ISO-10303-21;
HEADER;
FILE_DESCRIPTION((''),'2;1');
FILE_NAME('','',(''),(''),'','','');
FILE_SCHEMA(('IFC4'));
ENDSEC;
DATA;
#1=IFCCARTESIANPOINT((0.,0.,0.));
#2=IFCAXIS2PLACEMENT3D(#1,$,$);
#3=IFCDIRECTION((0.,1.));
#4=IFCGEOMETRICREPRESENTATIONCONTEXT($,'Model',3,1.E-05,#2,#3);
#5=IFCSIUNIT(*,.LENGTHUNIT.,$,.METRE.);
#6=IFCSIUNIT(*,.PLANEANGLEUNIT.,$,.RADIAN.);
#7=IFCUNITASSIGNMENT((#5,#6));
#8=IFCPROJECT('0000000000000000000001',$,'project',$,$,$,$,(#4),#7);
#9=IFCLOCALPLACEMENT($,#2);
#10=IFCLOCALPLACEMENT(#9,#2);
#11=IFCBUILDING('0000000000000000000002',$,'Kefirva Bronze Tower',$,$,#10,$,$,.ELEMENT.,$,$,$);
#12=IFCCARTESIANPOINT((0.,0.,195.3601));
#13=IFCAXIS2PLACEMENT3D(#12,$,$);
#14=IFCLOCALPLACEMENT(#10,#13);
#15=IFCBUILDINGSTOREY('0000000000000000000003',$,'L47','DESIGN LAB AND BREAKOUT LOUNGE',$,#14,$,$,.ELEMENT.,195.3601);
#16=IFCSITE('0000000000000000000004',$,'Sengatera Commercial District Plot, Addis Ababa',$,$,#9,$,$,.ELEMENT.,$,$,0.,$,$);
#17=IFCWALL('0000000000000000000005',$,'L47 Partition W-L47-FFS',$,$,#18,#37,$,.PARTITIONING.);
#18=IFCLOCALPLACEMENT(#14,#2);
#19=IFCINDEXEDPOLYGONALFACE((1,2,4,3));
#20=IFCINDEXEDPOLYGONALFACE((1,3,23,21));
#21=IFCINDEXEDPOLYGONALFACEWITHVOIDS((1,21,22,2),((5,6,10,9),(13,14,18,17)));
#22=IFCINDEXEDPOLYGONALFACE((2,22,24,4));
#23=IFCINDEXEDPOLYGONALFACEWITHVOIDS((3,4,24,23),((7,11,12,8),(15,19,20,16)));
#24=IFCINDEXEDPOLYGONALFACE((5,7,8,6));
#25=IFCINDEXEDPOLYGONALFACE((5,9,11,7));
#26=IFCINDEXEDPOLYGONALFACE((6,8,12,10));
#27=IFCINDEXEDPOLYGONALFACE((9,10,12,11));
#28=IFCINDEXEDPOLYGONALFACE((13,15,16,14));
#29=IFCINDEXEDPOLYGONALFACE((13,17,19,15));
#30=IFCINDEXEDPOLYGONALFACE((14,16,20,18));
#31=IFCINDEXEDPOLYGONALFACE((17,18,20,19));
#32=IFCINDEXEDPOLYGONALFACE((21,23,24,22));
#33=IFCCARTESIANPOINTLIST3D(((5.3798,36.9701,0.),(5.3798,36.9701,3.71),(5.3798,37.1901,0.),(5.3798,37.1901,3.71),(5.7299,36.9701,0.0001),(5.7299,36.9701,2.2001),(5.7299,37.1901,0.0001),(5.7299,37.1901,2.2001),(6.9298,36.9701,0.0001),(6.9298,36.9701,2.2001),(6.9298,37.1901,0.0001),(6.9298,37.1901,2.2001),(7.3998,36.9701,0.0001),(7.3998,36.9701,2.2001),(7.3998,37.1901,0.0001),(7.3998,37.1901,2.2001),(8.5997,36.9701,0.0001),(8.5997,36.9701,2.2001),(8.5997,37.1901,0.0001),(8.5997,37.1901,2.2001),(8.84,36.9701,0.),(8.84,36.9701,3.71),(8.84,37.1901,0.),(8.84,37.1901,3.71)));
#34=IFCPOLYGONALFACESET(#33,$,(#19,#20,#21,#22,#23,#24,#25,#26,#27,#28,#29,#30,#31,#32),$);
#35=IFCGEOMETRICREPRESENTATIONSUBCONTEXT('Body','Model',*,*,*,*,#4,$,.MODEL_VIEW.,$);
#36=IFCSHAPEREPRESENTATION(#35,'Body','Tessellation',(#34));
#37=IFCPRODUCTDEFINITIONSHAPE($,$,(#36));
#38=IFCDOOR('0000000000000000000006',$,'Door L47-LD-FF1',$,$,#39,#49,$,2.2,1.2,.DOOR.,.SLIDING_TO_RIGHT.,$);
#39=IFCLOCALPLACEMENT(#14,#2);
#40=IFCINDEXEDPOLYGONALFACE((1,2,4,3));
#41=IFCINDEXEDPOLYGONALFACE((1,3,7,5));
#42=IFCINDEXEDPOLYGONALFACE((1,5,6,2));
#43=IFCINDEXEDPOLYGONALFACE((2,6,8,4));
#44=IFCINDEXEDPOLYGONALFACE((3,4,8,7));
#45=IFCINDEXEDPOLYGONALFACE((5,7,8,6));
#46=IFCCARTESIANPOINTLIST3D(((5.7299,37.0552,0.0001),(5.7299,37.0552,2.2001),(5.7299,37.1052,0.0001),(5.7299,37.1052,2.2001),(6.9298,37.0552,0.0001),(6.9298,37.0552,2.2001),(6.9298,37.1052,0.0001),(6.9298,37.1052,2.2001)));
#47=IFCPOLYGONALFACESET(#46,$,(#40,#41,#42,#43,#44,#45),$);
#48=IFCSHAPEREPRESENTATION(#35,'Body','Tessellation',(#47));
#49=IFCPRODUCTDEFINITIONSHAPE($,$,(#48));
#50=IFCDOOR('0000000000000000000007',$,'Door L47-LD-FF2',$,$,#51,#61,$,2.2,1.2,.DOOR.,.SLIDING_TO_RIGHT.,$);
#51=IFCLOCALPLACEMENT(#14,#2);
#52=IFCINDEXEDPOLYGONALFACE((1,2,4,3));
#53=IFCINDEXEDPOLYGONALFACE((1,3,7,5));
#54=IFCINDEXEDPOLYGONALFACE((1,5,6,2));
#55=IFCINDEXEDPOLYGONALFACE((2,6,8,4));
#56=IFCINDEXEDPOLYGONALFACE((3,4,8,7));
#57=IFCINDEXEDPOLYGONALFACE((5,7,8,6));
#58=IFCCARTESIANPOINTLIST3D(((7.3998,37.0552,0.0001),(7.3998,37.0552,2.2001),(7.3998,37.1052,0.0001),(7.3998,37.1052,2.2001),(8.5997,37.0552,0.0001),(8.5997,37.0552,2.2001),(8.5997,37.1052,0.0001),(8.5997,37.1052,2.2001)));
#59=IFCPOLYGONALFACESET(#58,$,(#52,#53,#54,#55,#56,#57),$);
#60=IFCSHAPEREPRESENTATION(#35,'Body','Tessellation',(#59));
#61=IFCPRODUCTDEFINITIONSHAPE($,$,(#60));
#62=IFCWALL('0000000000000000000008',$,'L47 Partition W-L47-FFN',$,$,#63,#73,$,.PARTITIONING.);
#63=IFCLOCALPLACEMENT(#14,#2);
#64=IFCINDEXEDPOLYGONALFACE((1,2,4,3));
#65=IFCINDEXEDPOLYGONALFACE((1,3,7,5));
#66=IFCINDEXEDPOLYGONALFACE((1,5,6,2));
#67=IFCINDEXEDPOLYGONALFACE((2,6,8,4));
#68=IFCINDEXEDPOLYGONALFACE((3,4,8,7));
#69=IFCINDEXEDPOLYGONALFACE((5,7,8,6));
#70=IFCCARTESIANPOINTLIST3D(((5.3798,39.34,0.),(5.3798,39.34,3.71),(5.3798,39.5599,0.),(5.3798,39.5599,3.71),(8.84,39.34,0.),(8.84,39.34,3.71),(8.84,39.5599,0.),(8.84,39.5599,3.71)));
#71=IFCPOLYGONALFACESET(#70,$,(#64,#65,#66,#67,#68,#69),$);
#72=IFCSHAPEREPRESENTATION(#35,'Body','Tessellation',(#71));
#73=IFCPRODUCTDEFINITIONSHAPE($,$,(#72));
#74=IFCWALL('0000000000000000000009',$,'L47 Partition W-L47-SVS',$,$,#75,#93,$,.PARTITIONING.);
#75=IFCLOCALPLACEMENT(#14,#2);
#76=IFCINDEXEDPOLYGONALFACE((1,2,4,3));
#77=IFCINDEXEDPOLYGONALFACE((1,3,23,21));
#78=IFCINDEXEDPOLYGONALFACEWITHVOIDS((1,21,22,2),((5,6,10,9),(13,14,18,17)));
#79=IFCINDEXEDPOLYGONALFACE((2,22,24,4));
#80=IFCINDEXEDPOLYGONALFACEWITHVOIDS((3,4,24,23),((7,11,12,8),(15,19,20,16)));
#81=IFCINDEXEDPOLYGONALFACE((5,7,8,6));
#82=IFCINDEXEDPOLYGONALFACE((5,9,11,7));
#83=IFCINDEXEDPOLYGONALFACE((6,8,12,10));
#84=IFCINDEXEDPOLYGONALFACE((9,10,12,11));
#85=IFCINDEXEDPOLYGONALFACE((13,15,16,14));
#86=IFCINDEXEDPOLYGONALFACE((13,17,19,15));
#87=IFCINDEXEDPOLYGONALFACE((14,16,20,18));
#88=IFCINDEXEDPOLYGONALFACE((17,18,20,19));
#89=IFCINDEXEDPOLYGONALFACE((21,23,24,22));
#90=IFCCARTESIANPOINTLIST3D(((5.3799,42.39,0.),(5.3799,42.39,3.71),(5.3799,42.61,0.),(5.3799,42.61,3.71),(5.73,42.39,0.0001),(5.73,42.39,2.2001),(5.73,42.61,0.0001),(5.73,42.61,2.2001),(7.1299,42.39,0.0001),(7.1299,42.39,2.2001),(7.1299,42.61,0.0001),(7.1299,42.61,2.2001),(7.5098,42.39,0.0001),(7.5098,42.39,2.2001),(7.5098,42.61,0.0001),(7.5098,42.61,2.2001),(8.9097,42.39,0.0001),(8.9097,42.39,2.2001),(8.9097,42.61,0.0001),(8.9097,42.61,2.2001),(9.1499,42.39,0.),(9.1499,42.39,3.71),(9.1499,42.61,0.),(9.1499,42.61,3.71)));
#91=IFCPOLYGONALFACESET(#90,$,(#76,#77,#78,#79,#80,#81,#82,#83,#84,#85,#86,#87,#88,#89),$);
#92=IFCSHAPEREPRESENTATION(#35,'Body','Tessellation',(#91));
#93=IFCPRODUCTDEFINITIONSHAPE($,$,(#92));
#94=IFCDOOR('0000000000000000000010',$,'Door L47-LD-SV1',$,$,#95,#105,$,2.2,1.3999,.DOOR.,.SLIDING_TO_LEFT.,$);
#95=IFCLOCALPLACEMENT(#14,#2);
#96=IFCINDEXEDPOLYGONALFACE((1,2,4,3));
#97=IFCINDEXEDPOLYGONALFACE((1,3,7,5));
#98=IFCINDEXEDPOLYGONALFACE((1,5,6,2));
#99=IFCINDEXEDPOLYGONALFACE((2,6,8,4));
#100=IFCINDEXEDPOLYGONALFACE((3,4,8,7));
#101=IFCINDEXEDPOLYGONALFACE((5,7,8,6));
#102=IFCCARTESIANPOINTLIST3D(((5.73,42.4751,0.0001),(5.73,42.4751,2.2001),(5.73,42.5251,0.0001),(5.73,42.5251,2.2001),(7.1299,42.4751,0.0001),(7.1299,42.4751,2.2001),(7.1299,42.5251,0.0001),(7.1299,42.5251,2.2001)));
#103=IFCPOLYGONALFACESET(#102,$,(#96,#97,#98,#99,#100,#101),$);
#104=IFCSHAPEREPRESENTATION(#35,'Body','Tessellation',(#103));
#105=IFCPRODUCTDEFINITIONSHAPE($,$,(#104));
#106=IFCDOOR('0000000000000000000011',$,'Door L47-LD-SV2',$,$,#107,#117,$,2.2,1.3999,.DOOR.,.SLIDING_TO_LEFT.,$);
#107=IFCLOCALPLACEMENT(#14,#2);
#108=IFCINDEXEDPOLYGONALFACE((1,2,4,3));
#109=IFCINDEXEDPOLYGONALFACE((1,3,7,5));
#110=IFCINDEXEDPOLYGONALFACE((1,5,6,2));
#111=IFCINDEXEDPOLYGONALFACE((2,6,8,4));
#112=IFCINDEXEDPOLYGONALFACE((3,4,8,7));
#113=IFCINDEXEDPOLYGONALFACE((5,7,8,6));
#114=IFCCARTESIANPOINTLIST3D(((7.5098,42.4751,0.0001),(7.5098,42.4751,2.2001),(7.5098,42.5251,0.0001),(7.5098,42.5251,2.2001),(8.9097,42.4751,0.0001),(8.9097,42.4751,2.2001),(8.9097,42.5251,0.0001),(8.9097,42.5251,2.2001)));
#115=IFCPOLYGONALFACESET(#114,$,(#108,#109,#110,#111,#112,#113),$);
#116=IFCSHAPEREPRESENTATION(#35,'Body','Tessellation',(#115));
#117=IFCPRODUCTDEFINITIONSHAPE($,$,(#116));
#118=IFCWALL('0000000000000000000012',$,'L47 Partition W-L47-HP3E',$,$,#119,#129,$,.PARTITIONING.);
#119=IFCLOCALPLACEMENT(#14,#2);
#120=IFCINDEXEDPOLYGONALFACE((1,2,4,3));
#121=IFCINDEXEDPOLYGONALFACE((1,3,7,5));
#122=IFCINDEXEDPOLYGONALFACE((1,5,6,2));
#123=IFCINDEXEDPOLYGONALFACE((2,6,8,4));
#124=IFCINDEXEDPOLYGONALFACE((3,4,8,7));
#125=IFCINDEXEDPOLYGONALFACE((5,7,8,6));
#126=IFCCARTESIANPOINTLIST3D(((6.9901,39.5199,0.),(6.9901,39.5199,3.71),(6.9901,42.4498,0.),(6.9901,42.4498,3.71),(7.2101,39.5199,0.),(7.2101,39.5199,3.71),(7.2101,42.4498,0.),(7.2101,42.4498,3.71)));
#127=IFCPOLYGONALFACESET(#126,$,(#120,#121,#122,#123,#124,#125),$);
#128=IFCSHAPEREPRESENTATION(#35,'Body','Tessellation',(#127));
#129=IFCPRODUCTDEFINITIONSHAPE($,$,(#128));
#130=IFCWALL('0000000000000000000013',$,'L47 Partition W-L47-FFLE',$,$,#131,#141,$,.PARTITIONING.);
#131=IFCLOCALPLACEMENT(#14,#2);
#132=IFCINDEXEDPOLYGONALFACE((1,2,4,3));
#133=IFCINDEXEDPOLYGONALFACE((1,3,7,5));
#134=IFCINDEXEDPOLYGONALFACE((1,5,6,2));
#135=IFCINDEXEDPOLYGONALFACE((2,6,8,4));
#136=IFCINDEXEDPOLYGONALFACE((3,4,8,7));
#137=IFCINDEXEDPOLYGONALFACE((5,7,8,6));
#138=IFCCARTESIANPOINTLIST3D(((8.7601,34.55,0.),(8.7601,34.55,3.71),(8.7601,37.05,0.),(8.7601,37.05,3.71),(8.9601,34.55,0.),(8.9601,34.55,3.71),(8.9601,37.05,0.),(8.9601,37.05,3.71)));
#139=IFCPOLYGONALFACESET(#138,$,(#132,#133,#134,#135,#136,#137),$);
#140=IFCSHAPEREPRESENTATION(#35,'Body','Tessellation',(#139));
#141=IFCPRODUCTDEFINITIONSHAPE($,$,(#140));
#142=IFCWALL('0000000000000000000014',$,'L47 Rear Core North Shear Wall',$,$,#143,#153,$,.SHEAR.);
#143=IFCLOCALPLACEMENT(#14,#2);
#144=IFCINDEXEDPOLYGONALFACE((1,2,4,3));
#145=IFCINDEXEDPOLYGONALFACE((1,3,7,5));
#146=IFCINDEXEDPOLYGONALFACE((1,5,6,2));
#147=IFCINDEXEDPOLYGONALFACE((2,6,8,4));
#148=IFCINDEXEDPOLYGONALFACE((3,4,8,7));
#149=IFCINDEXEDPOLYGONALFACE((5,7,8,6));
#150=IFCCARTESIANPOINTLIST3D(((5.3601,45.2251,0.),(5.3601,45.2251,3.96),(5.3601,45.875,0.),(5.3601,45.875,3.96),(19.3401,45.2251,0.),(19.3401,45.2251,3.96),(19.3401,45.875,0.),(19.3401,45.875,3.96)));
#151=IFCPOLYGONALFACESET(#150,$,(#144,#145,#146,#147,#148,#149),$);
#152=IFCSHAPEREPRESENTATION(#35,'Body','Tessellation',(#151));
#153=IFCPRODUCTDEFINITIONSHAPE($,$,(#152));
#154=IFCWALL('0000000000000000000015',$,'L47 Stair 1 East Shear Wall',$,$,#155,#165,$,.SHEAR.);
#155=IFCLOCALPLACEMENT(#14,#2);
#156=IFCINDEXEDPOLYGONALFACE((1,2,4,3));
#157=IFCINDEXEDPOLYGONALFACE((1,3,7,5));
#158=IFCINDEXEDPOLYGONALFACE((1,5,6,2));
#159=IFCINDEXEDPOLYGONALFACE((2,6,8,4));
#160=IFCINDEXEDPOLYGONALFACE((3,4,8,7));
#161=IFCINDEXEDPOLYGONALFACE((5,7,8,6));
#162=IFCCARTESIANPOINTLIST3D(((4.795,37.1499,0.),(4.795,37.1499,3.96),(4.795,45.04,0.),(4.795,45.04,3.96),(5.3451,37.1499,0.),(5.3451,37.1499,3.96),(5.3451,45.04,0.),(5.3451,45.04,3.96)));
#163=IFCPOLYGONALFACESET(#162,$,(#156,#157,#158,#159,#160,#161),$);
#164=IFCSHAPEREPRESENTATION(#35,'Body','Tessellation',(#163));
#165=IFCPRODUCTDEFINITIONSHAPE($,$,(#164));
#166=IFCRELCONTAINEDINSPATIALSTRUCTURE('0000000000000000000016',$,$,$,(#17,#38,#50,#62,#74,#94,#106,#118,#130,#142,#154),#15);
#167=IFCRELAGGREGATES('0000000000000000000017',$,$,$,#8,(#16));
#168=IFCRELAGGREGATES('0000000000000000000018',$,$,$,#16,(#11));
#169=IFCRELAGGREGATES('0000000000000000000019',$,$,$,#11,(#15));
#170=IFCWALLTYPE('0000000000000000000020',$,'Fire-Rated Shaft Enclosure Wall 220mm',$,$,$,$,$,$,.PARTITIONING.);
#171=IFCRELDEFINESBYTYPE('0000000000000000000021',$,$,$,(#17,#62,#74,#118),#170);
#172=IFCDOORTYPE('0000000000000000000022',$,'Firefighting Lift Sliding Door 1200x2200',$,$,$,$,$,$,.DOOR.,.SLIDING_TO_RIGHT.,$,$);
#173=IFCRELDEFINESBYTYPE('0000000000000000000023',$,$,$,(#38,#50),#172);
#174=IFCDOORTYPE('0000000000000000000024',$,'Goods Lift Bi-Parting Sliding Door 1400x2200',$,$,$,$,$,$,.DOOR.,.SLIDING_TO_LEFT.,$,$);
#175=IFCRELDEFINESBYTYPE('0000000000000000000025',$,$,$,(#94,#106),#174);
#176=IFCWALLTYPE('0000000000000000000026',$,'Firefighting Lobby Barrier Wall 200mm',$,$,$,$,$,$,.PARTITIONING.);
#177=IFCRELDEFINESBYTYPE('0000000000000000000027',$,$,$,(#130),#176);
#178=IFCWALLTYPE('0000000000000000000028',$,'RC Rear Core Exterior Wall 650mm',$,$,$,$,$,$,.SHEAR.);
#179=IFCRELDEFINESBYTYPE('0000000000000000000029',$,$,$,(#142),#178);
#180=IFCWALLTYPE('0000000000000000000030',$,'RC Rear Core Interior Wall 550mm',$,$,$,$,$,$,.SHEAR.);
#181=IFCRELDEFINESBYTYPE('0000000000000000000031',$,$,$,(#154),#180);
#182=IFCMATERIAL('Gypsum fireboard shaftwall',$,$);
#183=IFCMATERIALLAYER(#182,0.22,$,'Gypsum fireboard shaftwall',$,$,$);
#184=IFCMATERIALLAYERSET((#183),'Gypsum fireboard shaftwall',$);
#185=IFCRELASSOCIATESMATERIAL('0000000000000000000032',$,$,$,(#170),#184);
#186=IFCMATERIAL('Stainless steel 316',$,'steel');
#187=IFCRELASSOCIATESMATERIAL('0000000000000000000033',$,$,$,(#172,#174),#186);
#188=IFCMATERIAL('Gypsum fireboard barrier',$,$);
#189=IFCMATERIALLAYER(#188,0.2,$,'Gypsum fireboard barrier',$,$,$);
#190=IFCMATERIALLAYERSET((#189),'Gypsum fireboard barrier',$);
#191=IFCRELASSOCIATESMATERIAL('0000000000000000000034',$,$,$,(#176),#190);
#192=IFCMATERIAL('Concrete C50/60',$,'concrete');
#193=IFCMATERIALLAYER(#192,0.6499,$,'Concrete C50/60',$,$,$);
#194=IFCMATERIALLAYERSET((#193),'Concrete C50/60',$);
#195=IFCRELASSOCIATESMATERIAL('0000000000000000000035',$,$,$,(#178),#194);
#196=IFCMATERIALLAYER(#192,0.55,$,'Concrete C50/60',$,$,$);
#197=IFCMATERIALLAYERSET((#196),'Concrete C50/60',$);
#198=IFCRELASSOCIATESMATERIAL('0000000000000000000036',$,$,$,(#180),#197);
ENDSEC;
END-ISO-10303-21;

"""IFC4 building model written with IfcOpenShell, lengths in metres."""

from ifc_helpers import new_model, si_unit, direction, frame, frame_2d, origin, place, context, subcontext, project, spatial, rectangle, extrude, material, layer, layer_set, type_object, element, fill, save


model = new_model("IFC4")

# Units and contexts
model_context = context("Model", 3, precision=1e-05, world=origin(), true_north=direction((0.0, 1.0)))
body_context = subcontext(model_context, "Body", "Model", "MODEL_VIEW")
ifc_project = project(units=[si_unit("LENGTHUNIT", "METRE"), si_unit("PLANEANGLEUNIT", "RADIAN")], contexts=[model_context])

# Site, building, storey
site_placement = place(None, origin())
site = spatial("IfcSite", under=ifc_project, at=site_placement, Name="Sengatera Commercial District Plot, Addis Ababa", CompositionType="ELEMENT", RefElevation=0.0)
building_placement = place(site_placement, origin())
building = spatial("IfcBuilding", under=site, at=building_placement, Name="Kefirva Bronze Tower", CompositionType="ELEMENT")
storey_placement = place(building_placement, frame((0.0, 0.0, 195.3601)))
storey = spatial("IfcBuildingStorey", under=building, at=storey_placement, Name="L47", Description="DESIGN LAB AND BREAKOUT LOUNGE", CompositionType="ELEMENT", Elevation=195.3601)

# Wall, openings, doors
ifc_material_1 = material(Name="Gypsum fireboard shaftwall")
ifc_layer_1 = layer(ifc_material_1, 0.22, Name="Gypsum fireboard shaftwall")
ifc_layer_set_1 = layer_set([ifc_layer_1], Name="Gypsum fireboard shaftwall")
wall_type_1 = type_object("IfcWallType", Name="Fire-Rated Shaft Enclosure Wall 220mm", PredefinedType="PARTITIONING", material=ifc_layer_set_1)
wall_1_placement = place(storey_placement, frame((5.3799, 37.0801, 0.0), z_axis=(0.0, 0.0, 1.0), x_axis=(1.0, 0.0, 0.0)))
wall_1 = element("IfcWall", 1, at=wall_1_placement, inside=storey, type_object=wall_type_1, Name="L47 Partition W-L47-FFS", PredefinedType="PARTITIONING", context=body_context, shape_type="SweptSolid", body=[
    extrude(rectangle(XDim=3.4602, YDim=0.22, at=frame_2d((1.73, 0.0))), origin(), (0.0, 0.0, 1.0), 3.71),
])
opening_1_placement = place(wall_1_placement, frame((1.55, 0.0, 0.0), z_axis=(0.0, 0.0, 1.0), x_axis=(-1.0, 0.0, 0.0)))
opening_1 = element("IfcOpeningElement", 2, at=opening_1_placement, cuts=wall_1, PredefinedType="OPENING", context=body_context, shape_type="SweptSolid", body=[
    extrude(rectangle(XDim=1.2, YDim=2.2, at=frame_2d((0.6001, 1.1001))), frame((0.0, 0.1201, 0.0), z_axis=(0.0, -1.0, 0.0), x_axis=(1.0, 0.0, 0.0)), (0.0, 0.0, 1.0), 0.24),
])
opening_2_placement = place(wall_1_placement, frame((3.22, 0.0, 0.0), z_axis=(0.0, 0.0, 1.0), x_axis=(-1.0, 0.0, 0.0)))
opening_2 = element("IfcOpeningElement", 3, at=opening_2_placement, cuts=wall_1, PredefinedType="OPENING", context=body_context, shape_type="SweptSolid", body=[
    extrude(rectangle(XDim=1.2, YDim=2.2, at=frame_2d((0.6001, 1.1001))), frame((0.0, 0.1201, 0.0), z_axis=(0.0, -1.0, 0.0), x_axis=(1.0, 0.0, 0.0)), (0.0, 0.0, 1.0), 0.24),
])
ifc_material_2 = material(Name="Stainless steel 316", Category="steel")
door_type_1 = type_object("IfcDoorType", Name="Firefighting Lift Sliding Door 1200x2200", OperationType="SLIDING_TO_RIGHT", PredefinedType="DOOR", material=ifc_material_2)
door_1_placement = place(opening_1_placement, origin())
door_1 = element("IfcDoor", 4, at=door_1_placement, inside=storey, type_object=door_type_1, Name="Door L47-LD-FF1", OperationType="SLIDING_TO_RIGHT", OverallHeight=2.2, OverallWidth=1.2, PredefinedType="DOOR", context=body_context, shape_type="SweptSolid", body=[
    extrude(rectangle(XDim=1.2, YDim=2.2, at=frame_2d((0.6001, 1.1001))), frame((0.0, 0.0249, 0.0), z_axis=(0.0, -1.0, 0.0), x_axis=(1.0, 0.0, 0.0)), (0.0, 0.0, 1.0), 0.05),
])
fill(opening_1, door_1)
door_2_placement = place(opening_2_placement, origin())
door_2 = element("IfcDoor", 5, at=door_2_placement, inside=storey, type_object=door_type_1, Name="Door L47-LD-FF2", OperationType="SLIDING_TO_RIGHT", OverallHeight=2.2, OverallWidth=1.2, PredefinedType="DOOR", context=body_context, shape_type="SweptSolid", body=[
    extrude(rectangle(XDim=1.2, YDim=2.2, at=frame_2d((0.6001, 1.1001))), frame((0.0, 0.0249, 0.0), z_axis=(0.0, -1.0, 0.0), x_axis=(1.0, 0.0, 0.0)), (0.0, 0.0, 1.0), 0.05),
])
fill(opening_2, door_2)

# Wall
wall_2_placement = place(storey_placement, frame((5.3799, 39.45, 0.0), z_axis=(0.0, 0.0, 1.0), x_axis=(1.0, 0.0, 0.0)))
element("IfcWall", 6, at=wall_2_placement, inside=storey, type_object=wall_type_1, Name="L47 Partition W-L47-FFN", PredefinedType="PARTITIONING", context=body_context, shape_type="SweptSolid", body=[
    extrude(rectangle(XDim=3.4602, YDim=0.22, at=frame_2d((1.73, 0.0))), origin(), (0.0, 0.0, 1.0), 3.71),
])

# Wall, openings, doors
wall_3_placement = place(storey_placement, frame((5.3799, 42.5, 0.0), z_axis=(0.0, 0.0, 1.0), x_axis=(1.0, 0.0, 0.0)))
wall_3 = element("IfcWall", 7, at=wall_3_placement, inside=storey, type_object=wall_type_1, Name="L47 Partition W-L47-SVS", PredefinedType="PARTITIONING", context=body_context, shape_type="SweptSolid", body=[
    extrude(rectangle(XDim=3.77, YDim=0.22, at=frame_2d((1.885, 0.0))), origin(), (0.0, 0.0, 1.0), 3.71),
])
opening_3_placement = place(wall_3_placement, frame((1.75, 0.0, 0.0), z_axis=(0.0, 0.0, 1.0), x_axis=(-1.0, 0.0, 0.0)))
opening_3 = element("IfcOpeningElement", 8, at=opening_3_placement, cuts=wall_3, PredefinedType="OPENING", context=body_context, shape_type="SweptSolid", body=[
    extrude(rectangle(XDim=1.3999, YDim=2.2, at=frame_2d((0.7, 1.1001))), frame((0.0, 0.1201, 0.0), z_axis=(0.0, -1.0, 0.0), x_axis=(1.0, 0.0, 0.0)), (0.0, 0.0, 1.0), 0.24),
])
opening_4_placement = place(wall_3_placement, frame((3.5298, 0.0, 0.0), z_axis=(0.0, 0.0, 1.0), x_axis=(-1.0, 0.0, 0.0)))
opening_4 = element("IfcOpeningElement", 9, at=opening_4_placement, cuts=wall_3, PredefinedType="OPENING", context=body_context, shape_type="SweptSolid", body=[
    extrude(rectangle(XDim=1.3999, YDim=2.2, at=frame_2d((0.7, 1.1001))), frame((0.0, 0.1201, 0.0), z_axis=(0.0, -1.0, 0.0), x_axis=(1.0, 0.0, 0.0)), (0.0, 0.0, 1.0), 0.24),
])
door_type_2 = type_object("IfcDoorType", Name="Goods Lift Bi-Parting Sliding Door 1400x2200", OperationType="SLIDING_TO_LEFT", PredefinedType="DOOR", material=ifc_material_2)
door_3_placement = place(opening_3_placement, origin())
door_3 = element("IfcDoor", 10, at=door_3_placement, inside=storey, type_object=door_type_2, Name="Door L47-LD-SV1", OperationType="SLIDING_TO_LEFT", OverallHeight=2.2, OverallWidth=1.3999, PredefinedType="DOOR", context=body_context, shape_type="SweptSolid", body=[
    extrude(rectangle(XDim=1.3999, YDim=2.2, at=frame_2d((0.7, 1.1001))), frame((0.0, 0.0249, 0.0), z_axis=(0.0, -1.0, 0.0), x_axis=(1.0, 0.0, 0.0)), (0.0, 0.0, 1.0), 0.05),
])
fill(opening_3, door_3)
door_4_placement = place(opening_4_placement, origin())
door_4 = element("IfcDoor", 11, at=door_4_placement, inside=storey, type_object=door_type_2, Name="Door L47-LD-SV2", OperationType="SLIDING_TO_LEFT", OverallHeight=2.2, OverallWidth=1.3999, PredefinedType="DOOR", context=body_context, shape_type="SweptSolid", body=[
    extrude(rectangle(XDim=1.3999, YDim=2.2, at=frame_2d((0.7, 1.1001))), frame((0.0, 0.0249, 0.0), z_axis=(0.0, -1.0, 0.0), x_axis=(1.0, 0.0, 0.0)), (0.0, 0.0, 1.0), 0.05),
])
fill(opening_4, door_4)

# Walls
wall_4_placement = place(storey_placement, frame((7.1001, 39.52, 0.0), z_axis=(0.0, 0.0, 1.0), x_axis=(0.0, 1.0, 0.0)))
element("IfcWall", 12, at=wall_4_placement, inside=storey, type_object=wall_type_1, Name="L47 Partition W-L47-HP3E", PredefinedType="PARTITIONING", context=body_context, shape_type="SweptSolid", body=[
    extrude(rectangle(XDim=2.9299, YDim=0.22, at=frame_2d((1.4648, 0.0))), origin(), (0.0, 0.0, 1.0), 3.71),
])
ifc_material_3 = material(Name="Gypsum fireboard barrier")
ifc_layer_2 = layer(ifc_material_3, 0.2, Name="Gypsum fireboard barrier")
ifc_layer_set_2 = layer_set([ifc_layer_2], Name="Gypsum fireboard barrier")
wall_type_2 = type_object("IfcWallType", Name="Firefighting Lobby Barrier Wall 200mm", PredefinedType="PARTITIONING", material=ifc_layer_set_2)
wall_5_placement = place(storey_placement, frame((8.8601, 34.55, 0.0), z_axis=(0.0, 0.0, 1.0), x_axis=(0.0, 1.0, 0.0)))
element("IfcWall", 13, at=wall_5_placement, inside=storey, type_object=wall_type_2, Name="L47 Partition W-L47-FFLE", PredefinedType="PARTITIONING", context=body_context, shape_type="SweptSolid", body=[
    extrude(rectangle(XDim=2.5, YDim=0.2, at=frame_2d((1.25, 0.0))), origin(), (0.0, 0.0, 1.0), 3.71),
])

# Walls
ifc_material_4 = material(Name="Concrete C50/60", Category="concrete")
ifc_layer_3 = layer(ifc_material_4, 0.6499, Name="Concrete C50/60")
ifc_layer_set_3 = layer_set([ifc_layer_3], Name="Concrete C50/60")
wall_type_3 = type_object("IfcWallType", Name="RC Rear Core Exterior Wall 650mm", PredefinedType="SHEAR", material=ifc_layer_set_3)
wall_6_placement = place(storey_placement, frame((5.3601, 45.55, 0.0), z_axis=(0.0, 0.0, 1.0), x_axis=(1.0, 0.0, 0.0)))
element("IfcWall", 14, at=wall_6_placement, inside=storey, type_object=wall_type_3, Name="L47 Rear Core North Shear Wall", PredefinedType="SHEAR", context=body_context, shape_type="SweptSolid", body=[
    extrude(rectangle(XDim=13.98, YDim=0.6499, at=frame_2d((6.99, 0.0))), origin(), (0.0, 0.0, 1.0), 3.96),
])
ifc_layer_4 = layer(ifc_material_4, 0.55, Name="Concrete C50/60")
ifc_layer_set_4 = layer_set([ifc_layer_4], Name="Concrete C50/60")
wall_type_4 = type_object("IfcWallType", Name="RC Rear Core Interior Wall 550mm", PredefinedType="SHEAR", material=ifc_layer_set_4)
wall_7_placement = place(storey_placement, frame((5.0701, 37.1499, 0.0), z_axis=(0.0, 0.0, 1.0), x_axis=(0.0, 1.0, 0.0)))
element("IfcWall", 15, at=wall_7_placement, inside=storey, type_object=wall_type_4, Name="L47 Stair 1 East Shear Wall", PredefinedType="SHEAR", context=body_context, shape_type="SweptSolid", body=[
    extrude(rectangle(XDim=7.8901, YDim=0.55, at=frame_2d((3.9451, 0.0))), origin(), (0.0, 0.0, 1.0), 3.96),
])

save(model, "model.ifc")
